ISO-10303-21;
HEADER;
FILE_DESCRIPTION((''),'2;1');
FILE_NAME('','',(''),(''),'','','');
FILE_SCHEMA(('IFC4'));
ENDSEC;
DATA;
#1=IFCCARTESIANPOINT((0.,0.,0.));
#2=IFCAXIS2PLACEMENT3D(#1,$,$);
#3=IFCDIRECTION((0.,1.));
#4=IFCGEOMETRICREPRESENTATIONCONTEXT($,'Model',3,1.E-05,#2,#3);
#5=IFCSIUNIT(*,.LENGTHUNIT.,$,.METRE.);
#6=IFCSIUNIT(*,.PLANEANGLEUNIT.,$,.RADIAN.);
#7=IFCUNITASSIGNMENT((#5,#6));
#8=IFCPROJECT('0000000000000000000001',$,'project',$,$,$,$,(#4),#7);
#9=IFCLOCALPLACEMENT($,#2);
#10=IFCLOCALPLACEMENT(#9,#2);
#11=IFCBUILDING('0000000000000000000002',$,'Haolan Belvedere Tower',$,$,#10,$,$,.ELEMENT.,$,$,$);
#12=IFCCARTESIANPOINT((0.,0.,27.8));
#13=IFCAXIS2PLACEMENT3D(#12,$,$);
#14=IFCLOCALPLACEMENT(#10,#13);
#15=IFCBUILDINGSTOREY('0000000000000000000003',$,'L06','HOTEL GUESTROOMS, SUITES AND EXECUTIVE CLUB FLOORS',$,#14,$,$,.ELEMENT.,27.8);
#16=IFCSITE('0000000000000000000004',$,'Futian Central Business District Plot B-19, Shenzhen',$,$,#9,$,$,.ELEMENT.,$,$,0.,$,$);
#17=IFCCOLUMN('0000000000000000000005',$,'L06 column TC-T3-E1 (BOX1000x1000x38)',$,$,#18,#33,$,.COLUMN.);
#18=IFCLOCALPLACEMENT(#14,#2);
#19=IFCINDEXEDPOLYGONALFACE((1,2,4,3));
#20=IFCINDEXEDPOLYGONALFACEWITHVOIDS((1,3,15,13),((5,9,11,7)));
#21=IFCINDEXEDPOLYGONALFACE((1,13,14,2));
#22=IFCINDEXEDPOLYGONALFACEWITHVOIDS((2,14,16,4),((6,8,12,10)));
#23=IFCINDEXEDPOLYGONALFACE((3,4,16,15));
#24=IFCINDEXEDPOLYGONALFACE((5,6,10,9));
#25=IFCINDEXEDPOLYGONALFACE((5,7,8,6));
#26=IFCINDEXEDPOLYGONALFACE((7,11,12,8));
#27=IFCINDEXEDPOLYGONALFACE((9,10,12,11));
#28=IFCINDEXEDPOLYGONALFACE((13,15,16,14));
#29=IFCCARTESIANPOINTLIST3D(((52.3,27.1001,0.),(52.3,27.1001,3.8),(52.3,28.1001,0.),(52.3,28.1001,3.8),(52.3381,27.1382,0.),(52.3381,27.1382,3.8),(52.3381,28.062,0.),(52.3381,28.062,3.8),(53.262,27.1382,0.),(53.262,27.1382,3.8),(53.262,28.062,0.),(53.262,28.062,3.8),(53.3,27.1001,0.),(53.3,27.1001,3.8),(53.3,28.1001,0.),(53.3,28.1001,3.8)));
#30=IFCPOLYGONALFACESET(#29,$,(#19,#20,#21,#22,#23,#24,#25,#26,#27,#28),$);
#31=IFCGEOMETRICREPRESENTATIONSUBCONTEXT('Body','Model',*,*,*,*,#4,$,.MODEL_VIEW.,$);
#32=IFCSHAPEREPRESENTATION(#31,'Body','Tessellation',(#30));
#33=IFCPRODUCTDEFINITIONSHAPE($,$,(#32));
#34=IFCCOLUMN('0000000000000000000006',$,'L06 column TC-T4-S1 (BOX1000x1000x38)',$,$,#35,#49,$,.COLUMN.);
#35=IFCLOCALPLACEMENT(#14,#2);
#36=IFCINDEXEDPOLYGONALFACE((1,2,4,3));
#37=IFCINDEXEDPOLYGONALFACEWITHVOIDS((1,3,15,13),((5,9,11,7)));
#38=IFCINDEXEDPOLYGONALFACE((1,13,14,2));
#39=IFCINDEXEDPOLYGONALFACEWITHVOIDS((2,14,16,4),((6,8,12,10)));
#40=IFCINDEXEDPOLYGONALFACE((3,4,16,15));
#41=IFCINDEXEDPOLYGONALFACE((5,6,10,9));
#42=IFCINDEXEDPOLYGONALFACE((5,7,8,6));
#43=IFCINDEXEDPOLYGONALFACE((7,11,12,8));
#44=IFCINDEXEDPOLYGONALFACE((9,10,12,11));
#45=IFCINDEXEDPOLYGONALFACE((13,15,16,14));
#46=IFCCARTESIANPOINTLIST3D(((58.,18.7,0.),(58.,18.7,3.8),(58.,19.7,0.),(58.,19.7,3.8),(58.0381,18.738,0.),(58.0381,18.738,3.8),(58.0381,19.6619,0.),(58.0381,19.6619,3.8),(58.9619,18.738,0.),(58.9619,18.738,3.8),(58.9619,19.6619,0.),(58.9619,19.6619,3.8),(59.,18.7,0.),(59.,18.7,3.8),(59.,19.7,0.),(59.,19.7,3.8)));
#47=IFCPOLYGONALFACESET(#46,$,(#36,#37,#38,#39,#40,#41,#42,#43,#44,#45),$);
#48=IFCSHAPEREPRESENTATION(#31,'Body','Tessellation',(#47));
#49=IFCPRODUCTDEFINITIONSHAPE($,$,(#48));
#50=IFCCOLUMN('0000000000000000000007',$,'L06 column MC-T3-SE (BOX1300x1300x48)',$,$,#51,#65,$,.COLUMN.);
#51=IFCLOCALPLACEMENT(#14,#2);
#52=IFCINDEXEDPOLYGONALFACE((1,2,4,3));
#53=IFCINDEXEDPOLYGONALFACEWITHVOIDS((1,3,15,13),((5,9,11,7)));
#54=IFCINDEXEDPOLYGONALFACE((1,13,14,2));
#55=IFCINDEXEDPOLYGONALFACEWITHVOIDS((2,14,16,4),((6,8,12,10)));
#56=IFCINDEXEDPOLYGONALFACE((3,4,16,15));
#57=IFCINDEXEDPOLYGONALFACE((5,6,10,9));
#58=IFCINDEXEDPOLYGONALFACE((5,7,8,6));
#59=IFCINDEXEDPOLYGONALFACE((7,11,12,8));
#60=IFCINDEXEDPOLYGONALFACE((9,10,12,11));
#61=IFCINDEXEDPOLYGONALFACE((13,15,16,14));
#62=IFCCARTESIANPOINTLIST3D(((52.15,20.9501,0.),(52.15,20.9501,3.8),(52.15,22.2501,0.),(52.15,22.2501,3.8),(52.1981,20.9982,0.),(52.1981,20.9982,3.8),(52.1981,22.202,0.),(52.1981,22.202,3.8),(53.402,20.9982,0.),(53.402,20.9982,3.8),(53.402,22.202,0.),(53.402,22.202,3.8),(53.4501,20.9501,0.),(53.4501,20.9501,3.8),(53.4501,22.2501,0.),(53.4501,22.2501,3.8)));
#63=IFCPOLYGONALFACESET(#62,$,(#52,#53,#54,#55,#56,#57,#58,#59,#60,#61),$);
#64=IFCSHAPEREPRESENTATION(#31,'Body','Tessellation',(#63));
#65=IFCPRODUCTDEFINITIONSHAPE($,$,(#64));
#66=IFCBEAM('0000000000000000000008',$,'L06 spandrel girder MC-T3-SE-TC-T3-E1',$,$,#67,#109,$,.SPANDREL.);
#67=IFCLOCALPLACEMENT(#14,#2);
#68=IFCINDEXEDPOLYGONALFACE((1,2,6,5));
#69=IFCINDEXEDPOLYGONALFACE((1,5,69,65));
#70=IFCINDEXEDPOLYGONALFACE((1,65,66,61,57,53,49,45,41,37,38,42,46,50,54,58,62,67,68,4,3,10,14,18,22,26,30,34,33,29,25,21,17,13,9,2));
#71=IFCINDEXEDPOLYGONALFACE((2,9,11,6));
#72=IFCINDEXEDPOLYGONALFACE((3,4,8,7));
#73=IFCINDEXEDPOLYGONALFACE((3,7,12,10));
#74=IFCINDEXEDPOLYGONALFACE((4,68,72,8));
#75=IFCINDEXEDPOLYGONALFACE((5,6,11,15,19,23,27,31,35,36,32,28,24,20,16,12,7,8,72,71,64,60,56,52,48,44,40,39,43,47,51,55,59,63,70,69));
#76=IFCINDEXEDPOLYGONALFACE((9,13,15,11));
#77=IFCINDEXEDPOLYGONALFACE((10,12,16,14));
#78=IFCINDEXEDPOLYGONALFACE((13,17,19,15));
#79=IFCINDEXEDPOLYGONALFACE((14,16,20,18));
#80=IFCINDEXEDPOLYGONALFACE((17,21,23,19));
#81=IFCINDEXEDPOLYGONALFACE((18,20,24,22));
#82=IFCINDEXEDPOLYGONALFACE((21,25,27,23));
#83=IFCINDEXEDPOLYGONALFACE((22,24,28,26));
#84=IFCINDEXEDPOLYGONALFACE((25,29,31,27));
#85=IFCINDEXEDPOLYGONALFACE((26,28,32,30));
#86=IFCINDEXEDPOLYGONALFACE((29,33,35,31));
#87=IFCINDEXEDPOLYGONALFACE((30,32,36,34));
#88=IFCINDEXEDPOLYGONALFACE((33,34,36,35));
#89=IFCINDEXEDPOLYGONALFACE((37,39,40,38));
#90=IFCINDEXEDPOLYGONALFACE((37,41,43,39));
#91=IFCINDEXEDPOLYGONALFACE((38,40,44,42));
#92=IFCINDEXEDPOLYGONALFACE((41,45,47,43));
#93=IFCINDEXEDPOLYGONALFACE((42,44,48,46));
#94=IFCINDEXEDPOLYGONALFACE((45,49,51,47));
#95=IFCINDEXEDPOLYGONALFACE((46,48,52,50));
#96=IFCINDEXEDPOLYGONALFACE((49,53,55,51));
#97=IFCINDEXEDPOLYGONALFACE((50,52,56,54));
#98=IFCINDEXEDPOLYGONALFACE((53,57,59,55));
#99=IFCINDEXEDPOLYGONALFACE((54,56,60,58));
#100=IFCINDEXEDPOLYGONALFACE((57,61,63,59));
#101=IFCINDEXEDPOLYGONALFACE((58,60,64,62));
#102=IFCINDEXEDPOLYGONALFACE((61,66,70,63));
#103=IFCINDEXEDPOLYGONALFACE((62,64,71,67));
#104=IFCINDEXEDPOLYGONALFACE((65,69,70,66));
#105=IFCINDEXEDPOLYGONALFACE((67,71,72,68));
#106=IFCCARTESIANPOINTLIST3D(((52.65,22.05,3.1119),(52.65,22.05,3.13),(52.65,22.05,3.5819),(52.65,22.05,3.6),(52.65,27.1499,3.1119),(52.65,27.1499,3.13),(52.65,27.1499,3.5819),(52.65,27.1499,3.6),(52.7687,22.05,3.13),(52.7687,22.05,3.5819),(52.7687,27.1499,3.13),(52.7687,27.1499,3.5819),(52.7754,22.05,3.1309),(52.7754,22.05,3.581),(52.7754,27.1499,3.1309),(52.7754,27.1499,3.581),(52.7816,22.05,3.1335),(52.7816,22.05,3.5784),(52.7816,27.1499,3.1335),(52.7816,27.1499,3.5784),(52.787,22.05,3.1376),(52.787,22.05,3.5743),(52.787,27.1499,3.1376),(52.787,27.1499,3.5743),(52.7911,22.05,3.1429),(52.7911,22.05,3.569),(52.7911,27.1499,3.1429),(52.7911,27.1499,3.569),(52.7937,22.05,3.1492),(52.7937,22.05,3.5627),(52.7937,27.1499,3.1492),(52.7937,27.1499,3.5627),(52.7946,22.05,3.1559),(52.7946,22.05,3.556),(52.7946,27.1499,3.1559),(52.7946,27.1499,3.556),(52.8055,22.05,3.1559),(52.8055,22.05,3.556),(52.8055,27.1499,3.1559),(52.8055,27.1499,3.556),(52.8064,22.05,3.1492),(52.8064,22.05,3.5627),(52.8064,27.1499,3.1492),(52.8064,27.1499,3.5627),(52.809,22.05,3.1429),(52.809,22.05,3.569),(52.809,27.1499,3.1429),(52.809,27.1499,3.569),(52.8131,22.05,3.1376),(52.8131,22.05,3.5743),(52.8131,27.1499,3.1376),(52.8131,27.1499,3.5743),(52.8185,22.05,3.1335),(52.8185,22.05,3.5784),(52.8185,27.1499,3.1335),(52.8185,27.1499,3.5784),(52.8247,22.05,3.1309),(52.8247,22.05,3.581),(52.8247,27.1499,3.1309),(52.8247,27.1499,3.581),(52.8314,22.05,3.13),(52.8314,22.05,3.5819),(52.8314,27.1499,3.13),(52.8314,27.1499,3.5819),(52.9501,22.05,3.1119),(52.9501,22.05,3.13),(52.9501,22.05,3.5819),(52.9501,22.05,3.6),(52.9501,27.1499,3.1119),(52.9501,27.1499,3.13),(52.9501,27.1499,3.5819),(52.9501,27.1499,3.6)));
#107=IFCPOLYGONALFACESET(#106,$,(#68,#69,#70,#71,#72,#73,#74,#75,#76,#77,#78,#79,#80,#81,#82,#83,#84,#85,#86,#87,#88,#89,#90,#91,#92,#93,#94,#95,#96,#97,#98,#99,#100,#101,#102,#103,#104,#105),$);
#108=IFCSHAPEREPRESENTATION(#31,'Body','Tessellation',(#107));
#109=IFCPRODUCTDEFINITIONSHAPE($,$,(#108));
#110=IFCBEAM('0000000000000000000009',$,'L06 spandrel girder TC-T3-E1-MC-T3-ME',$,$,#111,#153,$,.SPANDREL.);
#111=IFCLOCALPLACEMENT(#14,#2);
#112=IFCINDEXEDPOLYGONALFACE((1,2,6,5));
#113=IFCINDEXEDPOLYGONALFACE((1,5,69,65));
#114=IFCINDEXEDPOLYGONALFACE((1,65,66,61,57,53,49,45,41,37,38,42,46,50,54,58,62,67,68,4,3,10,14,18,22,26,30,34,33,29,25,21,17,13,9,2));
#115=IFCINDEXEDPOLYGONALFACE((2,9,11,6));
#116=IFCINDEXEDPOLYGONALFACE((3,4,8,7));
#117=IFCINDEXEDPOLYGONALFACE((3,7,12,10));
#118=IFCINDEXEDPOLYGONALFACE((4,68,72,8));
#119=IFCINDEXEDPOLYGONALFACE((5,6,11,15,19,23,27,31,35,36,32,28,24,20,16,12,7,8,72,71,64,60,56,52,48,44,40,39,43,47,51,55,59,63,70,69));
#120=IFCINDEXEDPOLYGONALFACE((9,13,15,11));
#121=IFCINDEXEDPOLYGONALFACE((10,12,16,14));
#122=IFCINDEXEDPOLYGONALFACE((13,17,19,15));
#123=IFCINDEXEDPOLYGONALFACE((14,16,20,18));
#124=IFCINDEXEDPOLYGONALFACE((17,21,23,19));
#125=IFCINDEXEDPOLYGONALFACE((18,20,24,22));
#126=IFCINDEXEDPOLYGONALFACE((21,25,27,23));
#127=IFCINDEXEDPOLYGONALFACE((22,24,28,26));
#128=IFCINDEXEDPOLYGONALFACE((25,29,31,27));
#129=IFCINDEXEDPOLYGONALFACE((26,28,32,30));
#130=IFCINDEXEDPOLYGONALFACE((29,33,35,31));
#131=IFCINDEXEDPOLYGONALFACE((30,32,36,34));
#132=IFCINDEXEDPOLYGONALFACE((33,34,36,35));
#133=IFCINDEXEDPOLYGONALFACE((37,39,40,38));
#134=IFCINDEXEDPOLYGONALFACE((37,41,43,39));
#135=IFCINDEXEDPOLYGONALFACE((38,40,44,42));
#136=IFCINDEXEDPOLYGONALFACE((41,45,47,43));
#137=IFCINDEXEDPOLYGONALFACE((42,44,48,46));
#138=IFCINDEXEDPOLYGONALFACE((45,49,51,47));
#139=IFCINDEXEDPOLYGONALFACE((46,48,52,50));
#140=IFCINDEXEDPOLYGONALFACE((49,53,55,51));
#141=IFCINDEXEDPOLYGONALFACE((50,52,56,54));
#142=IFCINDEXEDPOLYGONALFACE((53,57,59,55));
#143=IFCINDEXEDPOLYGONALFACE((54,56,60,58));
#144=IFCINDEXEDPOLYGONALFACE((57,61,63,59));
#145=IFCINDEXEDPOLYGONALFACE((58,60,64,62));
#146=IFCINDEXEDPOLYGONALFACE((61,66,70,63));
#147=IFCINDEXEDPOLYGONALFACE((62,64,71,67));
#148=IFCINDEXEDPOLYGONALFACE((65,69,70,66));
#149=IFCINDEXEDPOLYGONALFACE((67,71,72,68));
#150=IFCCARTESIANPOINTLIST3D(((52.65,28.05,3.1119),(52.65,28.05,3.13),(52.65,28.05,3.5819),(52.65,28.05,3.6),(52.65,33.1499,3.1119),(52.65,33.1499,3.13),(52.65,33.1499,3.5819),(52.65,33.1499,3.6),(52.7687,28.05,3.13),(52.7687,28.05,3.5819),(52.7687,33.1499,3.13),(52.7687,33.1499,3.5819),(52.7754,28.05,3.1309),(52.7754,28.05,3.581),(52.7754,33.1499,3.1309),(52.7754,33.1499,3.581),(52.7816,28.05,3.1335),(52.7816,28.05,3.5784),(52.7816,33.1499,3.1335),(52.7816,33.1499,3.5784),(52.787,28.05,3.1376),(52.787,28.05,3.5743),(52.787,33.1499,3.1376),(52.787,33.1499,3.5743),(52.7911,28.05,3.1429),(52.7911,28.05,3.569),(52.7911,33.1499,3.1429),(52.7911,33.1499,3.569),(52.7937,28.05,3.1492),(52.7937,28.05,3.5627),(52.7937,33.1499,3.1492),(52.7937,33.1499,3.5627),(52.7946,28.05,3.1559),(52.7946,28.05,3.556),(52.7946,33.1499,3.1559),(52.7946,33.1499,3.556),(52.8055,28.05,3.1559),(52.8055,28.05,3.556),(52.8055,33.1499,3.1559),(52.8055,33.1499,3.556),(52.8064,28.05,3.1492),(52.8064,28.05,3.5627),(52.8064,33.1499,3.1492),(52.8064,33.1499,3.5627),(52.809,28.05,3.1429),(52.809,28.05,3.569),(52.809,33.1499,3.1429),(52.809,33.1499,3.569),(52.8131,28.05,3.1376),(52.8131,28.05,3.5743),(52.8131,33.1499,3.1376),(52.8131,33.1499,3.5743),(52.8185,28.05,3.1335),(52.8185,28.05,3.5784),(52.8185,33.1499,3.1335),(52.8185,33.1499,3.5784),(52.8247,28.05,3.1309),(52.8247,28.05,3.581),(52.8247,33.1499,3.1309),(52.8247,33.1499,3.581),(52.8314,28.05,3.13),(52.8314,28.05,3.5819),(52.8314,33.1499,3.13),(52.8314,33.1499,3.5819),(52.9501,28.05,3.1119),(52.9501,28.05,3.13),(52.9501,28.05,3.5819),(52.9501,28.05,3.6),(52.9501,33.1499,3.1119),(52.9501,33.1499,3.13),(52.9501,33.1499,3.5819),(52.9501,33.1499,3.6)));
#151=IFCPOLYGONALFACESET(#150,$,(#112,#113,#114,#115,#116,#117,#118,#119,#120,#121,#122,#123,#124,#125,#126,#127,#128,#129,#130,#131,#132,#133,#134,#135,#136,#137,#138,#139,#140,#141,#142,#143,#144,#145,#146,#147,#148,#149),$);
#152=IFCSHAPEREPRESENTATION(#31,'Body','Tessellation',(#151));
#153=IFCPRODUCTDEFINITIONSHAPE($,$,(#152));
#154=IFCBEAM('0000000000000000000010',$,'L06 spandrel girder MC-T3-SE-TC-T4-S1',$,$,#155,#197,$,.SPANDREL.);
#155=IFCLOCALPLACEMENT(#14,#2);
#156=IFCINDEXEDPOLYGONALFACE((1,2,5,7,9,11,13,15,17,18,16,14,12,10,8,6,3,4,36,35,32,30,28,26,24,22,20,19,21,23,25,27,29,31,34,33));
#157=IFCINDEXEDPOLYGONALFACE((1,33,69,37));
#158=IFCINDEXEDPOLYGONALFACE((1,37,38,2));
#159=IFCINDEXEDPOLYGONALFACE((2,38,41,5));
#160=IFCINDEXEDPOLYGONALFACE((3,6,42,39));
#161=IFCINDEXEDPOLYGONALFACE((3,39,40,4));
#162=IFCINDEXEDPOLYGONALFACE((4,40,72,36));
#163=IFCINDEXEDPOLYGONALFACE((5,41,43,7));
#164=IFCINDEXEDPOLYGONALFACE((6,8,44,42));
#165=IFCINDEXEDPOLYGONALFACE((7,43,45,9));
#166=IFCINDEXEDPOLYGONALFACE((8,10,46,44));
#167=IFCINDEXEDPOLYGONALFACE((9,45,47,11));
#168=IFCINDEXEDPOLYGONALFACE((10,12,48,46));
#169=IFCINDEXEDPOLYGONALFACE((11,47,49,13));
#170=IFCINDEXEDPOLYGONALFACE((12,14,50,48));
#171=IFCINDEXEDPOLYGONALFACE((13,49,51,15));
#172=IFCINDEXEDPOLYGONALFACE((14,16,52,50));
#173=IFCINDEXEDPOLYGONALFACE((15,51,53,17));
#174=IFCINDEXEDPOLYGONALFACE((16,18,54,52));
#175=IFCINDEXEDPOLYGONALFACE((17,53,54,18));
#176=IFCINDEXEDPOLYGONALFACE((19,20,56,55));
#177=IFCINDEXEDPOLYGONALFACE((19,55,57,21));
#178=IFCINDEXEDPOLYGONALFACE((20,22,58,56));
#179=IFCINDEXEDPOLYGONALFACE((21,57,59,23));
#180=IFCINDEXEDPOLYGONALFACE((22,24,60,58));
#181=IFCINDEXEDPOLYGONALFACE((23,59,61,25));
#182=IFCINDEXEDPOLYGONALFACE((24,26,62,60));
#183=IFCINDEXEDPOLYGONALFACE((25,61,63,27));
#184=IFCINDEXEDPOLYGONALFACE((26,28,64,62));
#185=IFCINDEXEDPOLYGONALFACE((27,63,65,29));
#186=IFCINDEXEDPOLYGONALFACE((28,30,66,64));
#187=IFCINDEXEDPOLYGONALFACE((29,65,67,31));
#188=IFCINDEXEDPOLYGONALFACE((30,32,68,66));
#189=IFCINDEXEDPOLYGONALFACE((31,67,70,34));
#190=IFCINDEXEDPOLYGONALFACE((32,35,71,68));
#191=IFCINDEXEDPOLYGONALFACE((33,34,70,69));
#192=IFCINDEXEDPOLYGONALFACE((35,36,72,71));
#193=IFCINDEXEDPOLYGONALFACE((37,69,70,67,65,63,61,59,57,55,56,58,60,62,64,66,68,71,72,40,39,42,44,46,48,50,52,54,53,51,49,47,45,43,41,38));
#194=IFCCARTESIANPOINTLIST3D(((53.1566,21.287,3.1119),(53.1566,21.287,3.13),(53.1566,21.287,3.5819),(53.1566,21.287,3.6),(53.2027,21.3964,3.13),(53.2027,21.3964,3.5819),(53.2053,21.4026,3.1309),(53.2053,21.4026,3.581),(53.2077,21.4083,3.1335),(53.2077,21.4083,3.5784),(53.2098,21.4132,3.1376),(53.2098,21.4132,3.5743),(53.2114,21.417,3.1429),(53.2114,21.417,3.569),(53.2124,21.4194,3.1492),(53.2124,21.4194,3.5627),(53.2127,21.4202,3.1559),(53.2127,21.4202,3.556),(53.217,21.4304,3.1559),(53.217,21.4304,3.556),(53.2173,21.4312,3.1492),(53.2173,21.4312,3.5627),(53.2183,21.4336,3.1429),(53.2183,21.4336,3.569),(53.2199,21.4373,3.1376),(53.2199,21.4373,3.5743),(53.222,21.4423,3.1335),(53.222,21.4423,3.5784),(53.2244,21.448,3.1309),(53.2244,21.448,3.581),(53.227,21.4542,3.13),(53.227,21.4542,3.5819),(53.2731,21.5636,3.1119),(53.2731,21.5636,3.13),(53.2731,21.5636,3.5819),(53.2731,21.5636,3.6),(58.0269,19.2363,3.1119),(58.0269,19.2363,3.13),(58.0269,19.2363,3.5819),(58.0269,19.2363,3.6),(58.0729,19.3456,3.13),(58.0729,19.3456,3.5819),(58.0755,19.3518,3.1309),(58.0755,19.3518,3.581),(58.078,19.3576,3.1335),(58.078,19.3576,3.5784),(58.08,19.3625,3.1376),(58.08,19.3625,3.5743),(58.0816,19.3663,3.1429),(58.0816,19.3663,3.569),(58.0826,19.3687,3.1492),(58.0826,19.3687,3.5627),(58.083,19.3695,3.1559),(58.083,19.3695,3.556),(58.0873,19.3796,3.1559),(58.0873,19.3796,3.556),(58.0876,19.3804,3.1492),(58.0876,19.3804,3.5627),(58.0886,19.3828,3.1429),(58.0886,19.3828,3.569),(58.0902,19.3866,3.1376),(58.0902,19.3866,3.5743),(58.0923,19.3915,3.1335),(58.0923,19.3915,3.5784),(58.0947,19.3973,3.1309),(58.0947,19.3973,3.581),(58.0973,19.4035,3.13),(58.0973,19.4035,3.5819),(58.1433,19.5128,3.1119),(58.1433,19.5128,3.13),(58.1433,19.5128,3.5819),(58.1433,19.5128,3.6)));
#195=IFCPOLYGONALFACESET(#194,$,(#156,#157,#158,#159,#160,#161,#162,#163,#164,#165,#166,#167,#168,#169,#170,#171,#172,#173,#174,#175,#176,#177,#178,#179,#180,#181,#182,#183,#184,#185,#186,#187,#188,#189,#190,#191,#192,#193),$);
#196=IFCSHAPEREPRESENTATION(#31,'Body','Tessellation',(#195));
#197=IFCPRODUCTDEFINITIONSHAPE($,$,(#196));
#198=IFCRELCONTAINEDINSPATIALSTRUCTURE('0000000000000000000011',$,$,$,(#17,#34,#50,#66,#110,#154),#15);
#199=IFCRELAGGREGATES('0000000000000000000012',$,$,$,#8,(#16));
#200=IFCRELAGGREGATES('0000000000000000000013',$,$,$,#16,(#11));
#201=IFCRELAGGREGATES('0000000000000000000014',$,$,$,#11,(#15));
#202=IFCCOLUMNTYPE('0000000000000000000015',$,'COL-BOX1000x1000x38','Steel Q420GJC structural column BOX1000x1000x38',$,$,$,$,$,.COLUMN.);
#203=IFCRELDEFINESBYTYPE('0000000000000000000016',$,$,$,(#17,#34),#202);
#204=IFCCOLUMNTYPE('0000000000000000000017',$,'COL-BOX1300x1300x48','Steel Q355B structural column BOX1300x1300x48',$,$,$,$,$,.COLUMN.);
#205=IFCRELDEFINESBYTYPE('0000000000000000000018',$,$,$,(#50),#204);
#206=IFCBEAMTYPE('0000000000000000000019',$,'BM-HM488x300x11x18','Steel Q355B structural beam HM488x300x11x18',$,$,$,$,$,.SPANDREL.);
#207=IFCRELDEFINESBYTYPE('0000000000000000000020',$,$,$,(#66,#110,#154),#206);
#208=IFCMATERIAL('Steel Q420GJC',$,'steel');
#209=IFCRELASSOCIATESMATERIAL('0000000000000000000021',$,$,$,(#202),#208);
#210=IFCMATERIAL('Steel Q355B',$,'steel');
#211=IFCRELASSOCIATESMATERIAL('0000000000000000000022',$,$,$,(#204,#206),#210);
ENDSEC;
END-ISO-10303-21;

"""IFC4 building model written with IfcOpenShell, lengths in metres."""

from ifc_helpers import new_model, si_unit, direction, frame, origin, origin_2d, place, context, subcontext, project, spatial, hollow_rectangle, i_section, extrude, material, material_profile, profile_set, type_object, element, save


model = new_model("IFC4")

# Units and contexts
model_context = context("Model", 3, precision=1e-05, world=origin(), true_north=direction((0.0, 1.0)))
body_context = subcontext(model_context, "Body", "Model", "MODEL_VIEW")
ifc_project = project(units=[si_unit("LENGTHUNIT", "METRE"), si_unit("PLANEANGLEUNIT", "RADIAN")], contexts=[model_context])

# Site, building, storey
site_placement = place(None, origin())
site = spatial("IfcSite", under=ifc_project, at=site_placement, Name="Futian Central Business District Plot B-19, Shenzhen", CompositionType="ELEMENT", RefElevation=0.0)
building_placement = place(site_placement, origin())
building = spatial("IfcBuilding", under=site, at=building_placement, Name="Haolan Belvedere Tower", CompositionType="ELEMENT")
storey_placement = place(building_placement, frame((0.0, 0.0, 27.8)))
storey = spatial("IfcBuildingStorey", under=building, at=storey_placement, Name="L06", Description="HOTEL GUESTROOMS, SUITES AND EXECUTIVE CLUB FLOORS", CompositionType="ELEMENT", Elevation=27.8)

# Columns
ifc_material_1 = material(Name="Steel Q420GJC", Category="steel")
ifc_material_profile_1 = material_profile(ifc_material_1, hollow_rectangle(XDim=1.0, YDim=1.0, WallThickness=0.0381, at=origin_2d()), Name="Steel Q420GJC")
ifc_profile_set_1 = profile_set([ifc_material_profile_1], Name="Steel Q420GJC")
column_type_1 = type_object("IfcColumnType", Name="COL-BOX1000x1000x38", Description="Steel Q420GJC structural column BOX1000x1000x38", PredefinedType="COLUMN", material=ifc_profile_set_1)
for number, where, z_axis, x_axis, name in (
    (1, (52.8, 27.6001, 0.0), (0.0, 0.0, 1.0), (1.0, 0.0, 0.0), "L06 column TC-T3-E1 (BOX1000x1000x38)"),
    (2, (58.5, 19.2, 0.0), (0.0, 0.0, 1.0), (1.0, 0.0, 0.0), "L06 column TC-T4-S1 (BOX1000x1000x38)"),
):
    element("IfcColumn", number, at=place(storey_placement, frame(where, z_axis=z_axis, x_axis=x_axis)), inside=storey, type_object=column_type_1, Name=name, PredefinedType="COLUMN", context=body_context, shape_type="SweptSolid", body=[
        extrude(hollow_rectangle(XDim=1.0, YDim=1.0, WallThickness=0.0381, at=origin_2d()), origin(), (0.0, 0.0, 1.0), 3.8),
    ])
ifc_material_2 = material(Name="Steel Q355B", Category="steel")
ifc_material_profile_2 = material_profile(ifc_material_2, hollow_rectangle(XDim=1.3, YDim=1.3, WallThickness=0.0481, at=origin_2d()), Name="Steel Q355B")
ifc_profile_set_2 = profile_set([ifc_material_profile_2], Name="Steel Q355B")
column_type_2 = type_object("IfcColumnType", Name="COL-BOX1300x1300x48", Description="Steel Q355B structural column BOX1300x1300x48", PredefinedType="COLUMN", material=ifc_profile_set_2)
column_placement = place(storey_placement, frame((52.8, 21.6001, 0.0), z_axis=(0.0, 0.0, 1.0), x_axis=(1.0, 0.0, 0.0)))
element("IfcColumn", 3, at=column_placement, inside=storey, type_object=column_type_2, Name="L06 column MC-T3-SE (BOX1300x1300x48)", PredefinedType="COLUMN", context=body_context, shape_type="SweptSolid", body=[
    extrude(hollow_rectangle(XDim=1.3, YDim=1.3, WallThickness=0.0481, at=origin_2d()), origin(), (0.0, 0.0, 1.0), 3.8),
])

# Beams
ifc_material_profile_3 = material_profile(ifc_material_2, i_section(OverallWidth=0.3, OverallDepth=0.488, WebThickness=0.011, FlangeThickness=0.0181, FilletRadius=0.0259, at=origin_2d()), Name="Steel Q355B")
ifc_profile_set_3 = profile_set([ifc_material_profile_3], Name="Steel Q355B")
beam_type_1 = type_object("IfcBeamType", Name="BM-HM488x300x11x18", Description="Steel Q355B structural beam HM488x300x11x18", PredefinedType="SPANDREL", material=ifc_profile_set_3)
for number, where, z_axis, x_axis, name in (
    (4, (52.8, 22.05, 3.356), (0.0, 1.0, 0.0), (-1.0, 0.0, 0.0), "L06 spandrel girder MC-T3-SE-TC-T3-E1"),
    (5, (52.8, 28.05, 3.356), (0.0, 1.0, 0.0), (-1.0, 0.0, 0.0), "L06 spandrel girder TC-T3-E1-MC-T3-ME"),
):
    element("IfcBeam", number, at=place(storey_placement, frame(where, z_axis=z_axis, x_axis=x_axis)), inside=storey, type_object=beam_type_1, Name=name, PredefinedType="SPANDREL", context=body_context, shape_type="SweptSolid", body=[
        extrude(i_section(OverallWidth=0.3, OverallDepth=0.488, WebThickness=0.011, FlangeThickness=0.0181, FilletRadius=0.0259, at=origin_2d()), origin(), (0.0, 0.0, 1.0), 5.0999),
    ])
for number, where, z_axis, x_axis, name in (
    (6, (53.2148, 21.4253, 3.356), (0.921628, -0.388074, 0.0), (0.388074, 0.921628, 0.0), "L06 spandrel girder MC-T3-SE-TC-T4-S1"),
):
    element("IfcBeam", number, at=place(storey_placement, frame(where, z_axis=z_axis, x_axis=x_axis)), inside=storey, type_object=beam_type_1, Name=name, PredefinedType="SPANDREL", context=body_context, shape_type="SweptSolid", body=[
        extrude(i_section(OverallWidth=0.3, OverallDepth=0.488, WebThickness=0.011, FlangeThickness=0.0181, FilletRadius=0.0259, at=origin_2d()), origin(), (0.0, 0.0, 1.0), 5.2844),
    ])

save(model, "model.ifc")
